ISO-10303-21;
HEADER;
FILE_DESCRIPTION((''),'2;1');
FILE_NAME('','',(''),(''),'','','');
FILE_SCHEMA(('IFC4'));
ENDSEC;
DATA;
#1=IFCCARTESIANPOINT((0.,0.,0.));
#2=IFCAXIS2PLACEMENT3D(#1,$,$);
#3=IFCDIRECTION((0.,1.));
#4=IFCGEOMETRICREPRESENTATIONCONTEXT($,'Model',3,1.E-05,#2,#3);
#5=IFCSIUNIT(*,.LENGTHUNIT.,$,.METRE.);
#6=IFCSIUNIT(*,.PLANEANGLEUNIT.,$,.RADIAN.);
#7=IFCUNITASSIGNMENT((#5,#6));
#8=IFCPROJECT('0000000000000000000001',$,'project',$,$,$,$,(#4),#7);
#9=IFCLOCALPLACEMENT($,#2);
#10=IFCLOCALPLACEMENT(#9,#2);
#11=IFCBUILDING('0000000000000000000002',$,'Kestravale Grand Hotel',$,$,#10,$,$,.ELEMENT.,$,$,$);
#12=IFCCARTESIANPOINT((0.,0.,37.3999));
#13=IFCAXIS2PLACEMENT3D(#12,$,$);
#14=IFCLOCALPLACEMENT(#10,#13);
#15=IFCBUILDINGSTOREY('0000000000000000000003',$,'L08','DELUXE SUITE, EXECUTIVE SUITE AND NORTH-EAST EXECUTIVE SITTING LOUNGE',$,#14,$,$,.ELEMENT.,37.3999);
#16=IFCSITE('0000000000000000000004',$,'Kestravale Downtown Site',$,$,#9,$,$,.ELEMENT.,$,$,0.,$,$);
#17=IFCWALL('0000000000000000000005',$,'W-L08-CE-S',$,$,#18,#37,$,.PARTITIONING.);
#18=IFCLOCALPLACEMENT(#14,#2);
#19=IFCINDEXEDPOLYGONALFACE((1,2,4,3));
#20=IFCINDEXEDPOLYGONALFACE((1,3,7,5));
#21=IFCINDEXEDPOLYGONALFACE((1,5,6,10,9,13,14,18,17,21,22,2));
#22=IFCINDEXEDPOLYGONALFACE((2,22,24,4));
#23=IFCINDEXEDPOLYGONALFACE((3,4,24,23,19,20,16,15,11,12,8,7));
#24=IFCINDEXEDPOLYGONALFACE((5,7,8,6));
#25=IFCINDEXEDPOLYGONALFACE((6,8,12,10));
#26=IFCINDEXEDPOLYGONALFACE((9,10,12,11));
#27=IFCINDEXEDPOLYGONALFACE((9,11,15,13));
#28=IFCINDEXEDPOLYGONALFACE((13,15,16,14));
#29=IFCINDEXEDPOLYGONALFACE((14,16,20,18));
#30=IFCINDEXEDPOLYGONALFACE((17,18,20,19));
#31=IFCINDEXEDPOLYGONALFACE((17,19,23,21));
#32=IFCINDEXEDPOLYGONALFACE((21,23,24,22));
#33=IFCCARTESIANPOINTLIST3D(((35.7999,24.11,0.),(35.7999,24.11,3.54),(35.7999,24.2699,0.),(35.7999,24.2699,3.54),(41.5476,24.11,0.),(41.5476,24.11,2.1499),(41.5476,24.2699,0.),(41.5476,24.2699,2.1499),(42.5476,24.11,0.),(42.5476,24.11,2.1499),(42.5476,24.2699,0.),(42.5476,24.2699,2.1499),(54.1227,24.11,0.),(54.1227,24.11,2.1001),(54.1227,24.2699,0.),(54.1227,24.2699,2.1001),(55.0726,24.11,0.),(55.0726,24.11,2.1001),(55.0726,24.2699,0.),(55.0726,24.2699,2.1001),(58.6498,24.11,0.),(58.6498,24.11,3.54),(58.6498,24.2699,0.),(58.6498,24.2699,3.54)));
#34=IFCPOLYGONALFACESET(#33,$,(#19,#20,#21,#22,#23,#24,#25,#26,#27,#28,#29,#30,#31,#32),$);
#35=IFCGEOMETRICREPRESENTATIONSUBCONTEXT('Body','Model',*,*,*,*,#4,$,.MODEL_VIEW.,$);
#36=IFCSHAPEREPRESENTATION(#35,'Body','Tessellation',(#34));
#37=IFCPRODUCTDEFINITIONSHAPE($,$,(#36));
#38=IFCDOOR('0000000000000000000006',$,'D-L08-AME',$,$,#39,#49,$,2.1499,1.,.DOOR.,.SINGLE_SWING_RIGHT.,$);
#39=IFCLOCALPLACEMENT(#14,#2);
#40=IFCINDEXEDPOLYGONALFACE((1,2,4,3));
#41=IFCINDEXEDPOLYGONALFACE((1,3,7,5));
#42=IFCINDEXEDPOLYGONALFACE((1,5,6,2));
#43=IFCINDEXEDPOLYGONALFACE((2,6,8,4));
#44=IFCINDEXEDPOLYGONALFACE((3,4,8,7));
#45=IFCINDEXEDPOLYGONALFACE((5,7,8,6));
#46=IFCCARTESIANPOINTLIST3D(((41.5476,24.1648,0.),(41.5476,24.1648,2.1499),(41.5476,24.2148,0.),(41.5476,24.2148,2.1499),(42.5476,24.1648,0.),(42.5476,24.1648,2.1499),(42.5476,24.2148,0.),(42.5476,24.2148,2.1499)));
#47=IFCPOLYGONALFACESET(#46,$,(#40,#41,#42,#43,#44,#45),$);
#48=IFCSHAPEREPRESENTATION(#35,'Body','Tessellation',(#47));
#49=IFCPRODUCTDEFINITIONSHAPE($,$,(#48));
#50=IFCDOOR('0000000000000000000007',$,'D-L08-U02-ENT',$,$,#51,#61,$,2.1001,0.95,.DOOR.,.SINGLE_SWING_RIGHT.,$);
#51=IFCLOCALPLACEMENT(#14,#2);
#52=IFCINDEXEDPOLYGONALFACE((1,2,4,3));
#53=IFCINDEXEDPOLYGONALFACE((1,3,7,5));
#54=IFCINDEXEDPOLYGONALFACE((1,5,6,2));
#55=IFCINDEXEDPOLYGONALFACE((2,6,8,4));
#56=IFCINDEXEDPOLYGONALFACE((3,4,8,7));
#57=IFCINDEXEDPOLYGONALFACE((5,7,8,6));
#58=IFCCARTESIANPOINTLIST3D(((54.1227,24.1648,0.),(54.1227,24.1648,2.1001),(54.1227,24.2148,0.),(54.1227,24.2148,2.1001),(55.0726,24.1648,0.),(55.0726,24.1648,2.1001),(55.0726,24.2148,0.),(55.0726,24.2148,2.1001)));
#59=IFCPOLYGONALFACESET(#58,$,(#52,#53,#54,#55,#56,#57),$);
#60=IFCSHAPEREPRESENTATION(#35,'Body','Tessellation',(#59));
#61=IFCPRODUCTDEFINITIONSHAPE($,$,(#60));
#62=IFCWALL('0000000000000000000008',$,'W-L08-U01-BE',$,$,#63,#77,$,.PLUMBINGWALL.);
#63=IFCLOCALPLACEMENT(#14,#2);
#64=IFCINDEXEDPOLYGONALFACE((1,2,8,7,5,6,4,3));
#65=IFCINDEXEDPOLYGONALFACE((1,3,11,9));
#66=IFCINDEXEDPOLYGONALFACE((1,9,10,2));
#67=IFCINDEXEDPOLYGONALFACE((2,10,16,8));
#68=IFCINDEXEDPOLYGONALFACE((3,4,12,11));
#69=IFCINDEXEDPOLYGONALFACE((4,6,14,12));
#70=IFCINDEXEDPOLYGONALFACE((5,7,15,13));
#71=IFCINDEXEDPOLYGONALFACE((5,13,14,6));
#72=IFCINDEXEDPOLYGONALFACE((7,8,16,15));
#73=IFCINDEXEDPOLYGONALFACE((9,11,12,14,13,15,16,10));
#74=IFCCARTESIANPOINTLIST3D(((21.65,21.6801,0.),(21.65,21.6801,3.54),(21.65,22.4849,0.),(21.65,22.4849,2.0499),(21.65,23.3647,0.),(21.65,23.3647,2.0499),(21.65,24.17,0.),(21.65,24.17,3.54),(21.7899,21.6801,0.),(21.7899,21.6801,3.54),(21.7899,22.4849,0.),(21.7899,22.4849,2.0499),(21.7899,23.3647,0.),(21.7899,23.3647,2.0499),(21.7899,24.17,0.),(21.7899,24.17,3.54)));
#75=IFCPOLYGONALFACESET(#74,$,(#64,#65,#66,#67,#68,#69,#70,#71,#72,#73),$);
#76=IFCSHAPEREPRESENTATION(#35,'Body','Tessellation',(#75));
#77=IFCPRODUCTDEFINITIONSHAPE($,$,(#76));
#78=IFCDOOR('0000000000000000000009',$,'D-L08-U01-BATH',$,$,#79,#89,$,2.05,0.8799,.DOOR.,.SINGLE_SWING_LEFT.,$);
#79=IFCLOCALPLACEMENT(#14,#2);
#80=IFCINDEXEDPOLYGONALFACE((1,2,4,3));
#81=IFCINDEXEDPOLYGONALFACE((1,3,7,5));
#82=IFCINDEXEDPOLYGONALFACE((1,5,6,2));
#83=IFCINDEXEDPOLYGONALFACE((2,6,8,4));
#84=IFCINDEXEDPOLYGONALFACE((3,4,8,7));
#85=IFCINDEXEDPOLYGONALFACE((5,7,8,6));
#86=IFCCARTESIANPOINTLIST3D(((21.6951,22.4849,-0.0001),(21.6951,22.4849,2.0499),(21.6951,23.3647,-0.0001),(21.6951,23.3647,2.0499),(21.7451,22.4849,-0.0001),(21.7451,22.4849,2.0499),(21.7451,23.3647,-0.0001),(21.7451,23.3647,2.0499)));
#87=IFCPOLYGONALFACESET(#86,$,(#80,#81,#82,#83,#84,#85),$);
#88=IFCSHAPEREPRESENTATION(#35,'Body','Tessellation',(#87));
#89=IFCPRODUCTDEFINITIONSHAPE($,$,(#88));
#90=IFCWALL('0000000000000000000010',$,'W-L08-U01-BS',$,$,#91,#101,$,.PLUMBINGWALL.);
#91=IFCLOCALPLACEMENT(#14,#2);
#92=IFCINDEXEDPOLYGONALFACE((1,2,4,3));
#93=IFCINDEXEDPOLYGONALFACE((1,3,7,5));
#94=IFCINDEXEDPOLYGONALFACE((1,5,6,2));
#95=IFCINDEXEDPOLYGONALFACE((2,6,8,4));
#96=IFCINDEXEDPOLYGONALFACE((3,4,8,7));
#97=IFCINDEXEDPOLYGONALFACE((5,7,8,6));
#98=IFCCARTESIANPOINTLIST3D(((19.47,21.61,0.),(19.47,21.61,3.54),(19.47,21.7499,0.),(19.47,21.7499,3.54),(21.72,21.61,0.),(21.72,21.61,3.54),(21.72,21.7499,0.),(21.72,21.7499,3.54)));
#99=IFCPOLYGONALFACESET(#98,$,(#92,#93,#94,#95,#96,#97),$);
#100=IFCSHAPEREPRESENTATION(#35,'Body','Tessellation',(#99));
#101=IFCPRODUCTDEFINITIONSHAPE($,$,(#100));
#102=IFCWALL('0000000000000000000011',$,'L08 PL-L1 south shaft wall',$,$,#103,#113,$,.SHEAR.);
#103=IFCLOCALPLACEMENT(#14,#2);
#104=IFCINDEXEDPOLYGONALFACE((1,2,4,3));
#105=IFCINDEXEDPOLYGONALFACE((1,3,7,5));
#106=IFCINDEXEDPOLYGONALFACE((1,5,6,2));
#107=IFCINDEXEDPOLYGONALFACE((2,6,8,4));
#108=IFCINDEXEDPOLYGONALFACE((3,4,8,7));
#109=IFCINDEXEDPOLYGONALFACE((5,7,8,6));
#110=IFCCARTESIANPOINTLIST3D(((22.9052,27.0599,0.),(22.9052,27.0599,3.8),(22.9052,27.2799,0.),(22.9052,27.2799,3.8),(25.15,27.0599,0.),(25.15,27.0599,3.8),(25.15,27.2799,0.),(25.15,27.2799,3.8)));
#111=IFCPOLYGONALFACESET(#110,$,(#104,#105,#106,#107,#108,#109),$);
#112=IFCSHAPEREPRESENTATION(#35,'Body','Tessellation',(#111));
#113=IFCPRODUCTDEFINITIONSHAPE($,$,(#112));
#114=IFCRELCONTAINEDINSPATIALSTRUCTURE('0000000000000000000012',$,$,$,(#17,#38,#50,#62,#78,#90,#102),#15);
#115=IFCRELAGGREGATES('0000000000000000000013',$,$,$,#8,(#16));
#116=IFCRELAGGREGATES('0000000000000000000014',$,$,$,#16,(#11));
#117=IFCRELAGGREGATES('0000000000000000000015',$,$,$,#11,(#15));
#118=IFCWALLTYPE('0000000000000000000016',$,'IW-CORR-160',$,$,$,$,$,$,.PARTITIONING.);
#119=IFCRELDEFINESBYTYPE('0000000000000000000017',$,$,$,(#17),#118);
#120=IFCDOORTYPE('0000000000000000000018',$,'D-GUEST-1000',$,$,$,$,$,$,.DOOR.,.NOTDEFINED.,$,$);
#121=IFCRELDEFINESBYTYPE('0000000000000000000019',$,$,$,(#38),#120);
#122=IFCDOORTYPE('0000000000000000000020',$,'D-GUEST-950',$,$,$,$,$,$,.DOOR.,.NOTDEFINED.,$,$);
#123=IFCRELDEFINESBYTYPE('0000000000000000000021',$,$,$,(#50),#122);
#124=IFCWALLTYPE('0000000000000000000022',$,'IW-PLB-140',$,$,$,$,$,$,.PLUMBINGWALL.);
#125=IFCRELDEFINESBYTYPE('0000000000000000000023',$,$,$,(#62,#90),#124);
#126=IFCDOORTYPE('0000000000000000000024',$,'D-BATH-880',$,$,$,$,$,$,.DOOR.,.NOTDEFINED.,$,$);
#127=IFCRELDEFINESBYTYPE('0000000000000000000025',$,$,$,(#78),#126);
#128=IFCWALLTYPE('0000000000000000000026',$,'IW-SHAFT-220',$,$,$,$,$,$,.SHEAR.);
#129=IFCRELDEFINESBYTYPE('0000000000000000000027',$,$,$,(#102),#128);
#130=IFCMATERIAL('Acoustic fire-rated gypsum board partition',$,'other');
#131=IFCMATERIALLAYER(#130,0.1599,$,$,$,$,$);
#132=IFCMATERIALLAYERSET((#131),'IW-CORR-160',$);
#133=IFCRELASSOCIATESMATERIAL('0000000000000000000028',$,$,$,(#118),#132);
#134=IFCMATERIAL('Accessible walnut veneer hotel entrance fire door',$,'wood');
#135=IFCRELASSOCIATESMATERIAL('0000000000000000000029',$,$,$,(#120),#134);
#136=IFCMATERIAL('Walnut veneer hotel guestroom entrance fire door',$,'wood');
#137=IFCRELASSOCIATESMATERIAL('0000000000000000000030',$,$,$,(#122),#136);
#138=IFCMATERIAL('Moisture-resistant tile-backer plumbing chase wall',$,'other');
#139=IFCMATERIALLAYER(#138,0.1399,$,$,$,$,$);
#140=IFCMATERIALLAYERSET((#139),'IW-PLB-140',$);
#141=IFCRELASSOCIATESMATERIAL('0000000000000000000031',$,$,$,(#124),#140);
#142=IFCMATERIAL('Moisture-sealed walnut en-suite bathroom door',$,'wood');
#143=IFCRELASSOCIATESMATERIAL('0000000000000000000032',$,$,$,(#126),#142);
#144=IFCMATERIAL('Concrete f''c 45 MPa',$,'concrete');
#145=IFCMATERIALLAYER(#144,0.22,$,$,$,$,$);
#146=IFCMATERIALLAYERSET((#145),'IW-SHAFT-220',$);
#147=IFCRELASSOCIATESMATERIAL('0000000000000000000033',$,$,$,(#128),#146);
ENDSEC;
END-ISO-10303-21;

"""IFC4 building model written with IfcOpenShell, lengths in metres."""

from ifc_helpers import new_model, si_unit, direction, frame, frame_2d, origin, place, context, subcontext, project, spatial, rectangle, extrude, material, layer, layer_set, type_object, element, fill, save


model = new_model("IFC4")

# Units and contexts
model_context = context("Model", 3, precision=1e-05, world=origin(), true_north=direction((0.0, 1.0)))
body_context = subcontext(model_context, "Body", "Model", "MODEL_VIEW")
ifc_project = project(units=[si_unit("LENGTHUNIT", "METRE"), si_unit("PLANEANGLEUNIT", "RADIAN")], contexts=[model_context])

# Site, building, storey
site_placement = place(None, origin())
site = spatial("IfcSite", under=ifc_project, at=site_placement, Name="Kestravale Downtown Site", CompositionType="ELEMENT", RefElevation=0.0)
building_placement = place(site_placement, origin())
building = spatial("IfcBuilding", under=site, at=building_placement, Name="Kestravale Grand Hotel", CompositionType="ELEMENT")
storey_placement = place(building_placement, frame((0.0, 0.0, 37.3999)))
storey = spatial("IfcBuildingStorey", under=building, at=storey_placement, Name="L08", Description="DELUXE SUITE, EXECUTIVE SUITE AND NORTH-EAST EXECUTIVE SITTING LOUNGE", CompositionType="ELEMENT", Elevation=37.3999)

# Shared definitions
ifc_material_1 = material(Name="Acoustic fire-rated gypsum board partition", Category="other")
ifc_layer_1 = layer(ifc_material_1, 0.1599)
ifc_layer_set_1 = layer_set([ifc_layer_1], Name="IW-CORR-160")
wall_type_1 = type_object("IfcWallType", Name="IW-CORR-160", PredefinedType="PARTITIONING", material=ifc_layer_set_1)

# Wall, openings, doors
wall_1_placement = place(storey_placement, frame((35.8, 24.1899, 0.0), z_axis=(0.0, 0.0, 1.0), x_axis=(1.0, 0.0, 0.0)))
wall_1 = element("IfcWall", 1, at=wall_1_placement, inside=storey, type_object=wall_type_1, Name="W-L08-CE-S", PredefinedType="PARTITIONING", context=body_context, shape_type="SweptSolid", body=[
    extrude(rectangle(XDim=22.8499, YDim=0.1599, at=frame_2d((11.4248, 0.0))), origin(), (0.0, 0.0, 1.0), 3.54),
])
opening_1_placement = place(wall_1_placement, frame((5.7476, 0.0, 0.0)))
opening_1 = element("IfcOpeningElement", 2, at=opening_1_placement, cuts=wall_1, PredefinedType="OPENING", context=body_context, shape_type="SweptSolid", body=[
    extrude(rectangle(XDim=1.0, YDim=2.1499, at=frame_2d((0.5, 1.075))), frame((0.0, 0.0898, 0.0), z_axis=(0.0, -1.0, 0.0), x_axis=(1.0, 0.0, 0.0)), (0.0, 0.0, 1.0), 0.1799),
])
opening_2_placement = place(wall_1_placement, frame((18.3225, 0.0, 0.0)))
opening_2 = element("IfcOpeningElement", 3, at=opening_2_placement, cuts=wall_1, PredefinedType="OPENING", context=body_context, shape_type="SweptSolid", body=[
    extrude(rectangle(XDim=0.95, YDim=2.1001, at=frame_2d((0.4751, 1.05))), frame((0.0, 0.0898, 0.0), z_axis=(0.0, -1.0, 0.0), x_axis=(1.0, 0.0, 0.0)), (0.0, 0.0, 1.0), 0.1799),
])
ifc_material_2 = material(Name="Accessible walnut veneer hotel entrance fire door", Category="wood")
door_type_1 = type_object("IfcDoorType", Name="D-GUEST-1000", OperationType="NOTDEFINED", PredefinedType="DOOR", material=ifc_material_2)
door_1_placement = place(opening_1_placement, origin())
door_1 = element("IfcDoor", 4, at=door_1_placement, inside=storey, type_object=door_type_1, Name="D-L08-AME", OperationType="SINGLE_SWING_RIGHT", OverallHeight=2.1499, OverallWidth=1.0, PredefinedType="DOOR", context=body_context, shape_type="SweptSolid", body=[
    extrude(rectangle(XDim=1.0, YDim=2.1499, at=frame_2d((0.5, 1.075))), frame((0.0, 0.0249, 0.0), z_axis=(0.0, -1.0, 0.0), x_axis=(1.0, 0.0, 0.0)), (0.0, 0.0, 1.0), 0.05),
])
fill(opening_1, door_1)
ifc_material_3 = material(Name="Walnut veneer hotel guestroom entrance fire door", Category="wood")
door_type_2 = type_object("IfcDoorType", Name="D-GUEST-950", OperationType="NOTDEFINED", PredefinedType="DOOR", material=ifc_material_3)
door_2_placement = place(opening_2_placement, origin())
door_2 = element("IfcDoor", 5, at=door_2_placement, inside=storey, type_object=door_type_2, Name="D-L08-U02-ENT", OperationType="SINGLE_SWING_RIGHT", OverallHeight=2.1001, OverallWidth=0.95, PredefinedType="DOOR", context=body_context, shape_type="SweptSolid", body=[
    extrude(rectangle(XDim=0.95, YDim=2.1001, at=frame_2d((0.4751, 1.05))), frame((0.0, 0.0249, 0.0), z_axis=(0.0, -1.0, 0.0), x_axis=(1.0, 0.0, 0.0)), (0.0, 0.0, 1.0), 0.05),
])
fill(opening_2, door_2)

# Wall, opening, door
ifc_material_4 = material(Name="Moisture-resistant tile-backer plumbing chase wall", Category="other")
ifc_layer_2 = layer(ifc_material_4, 0.1399)
ifc_layer_set_2 = layer_set([ifc_layer_2], Name="IW-PLB-140")
wall_type_2 = type_object("IfcWallType", Name="IW-PLB-140", PredefinedType="PLUMBINGWALL", material=ifc_layer_set_2)
wall_2_placement = place(storey_placement, frame((21.72, 21.6799, 0.0), z_axis=(0.0, 0.0, 1.0), x_axis=(0.0, 1.0, 0.0)))
wall_2 = element("IfcWall", 6, at=wall_2_placement, inside=storey, type_object=wall_type_2, Name="W-L08-U01-BE", PredefinedType="PLUMBINGWALL", context=body_context, shape_type="SweptSolid", body=[
    extrude(rectangle(XDim=2.49, YDim=0.1399, at=frame_2d((1.2451, 0.0))), origin(), (0.0, 0.0, 1.0), 3.54),
])
opening_3_placement = place(wall_2_placement, frame((0.8049, 0.0, 0.0)))
opening_3 = element("IfcOpeningElement", 7, at=opening_3_placement, cuts=wall_2, PredefinedType="OPENING", context=body_context, shape_type="SweptSolid", body=[
    extrude(rectangle(XDim=0.8799, YDim=2.05, at=frame_2d((0.4399, 1.0249))), frame((0.0, 0.0798, 0.0), z_axis=(0.0, -1.0, 0.0), x_axis=(1.0, 0.0, 0.0)), (0.0, 0.0, 1.0), 0.1599),
])
ifc_material_5 = material(Name="Moisture-sealed walnut en-suite bathroom door", Category="wood")
door_type_3 = type_object("IfcDoorType", Name="D-BATH-880", OperationType="NOTDEFINED", PredefinedType="DOOR", material=ifc_material_5)
door_3_placement = place(opening_3_placement, origin())
door_3 = element("IfcDoor", 8, at=door_3_placement, inside=storey, type_object=door_type_3, Name="D-L08-U01-BATH", OperationType="SINGLE_SWING_LEFT", OverallHeight=2.05, OverallWidth=0.8799, PredefinedType="DOOR", context=body_context, shape_type="SweptSolid", body=[
    extrude(rectangle(XDim=0.8799, YDim=2.05, at=frame_2d((0.4399, 1.0249))), frame((0.0, 0.0249, 0.0), z_axis=(0.0, -1.0, 0.0), x_axis=(1.0, 0.0, 0.0)), (0.0, 0.0, 1.0), 0.05),
])
fill(opening_3, door_3)

# Walls
wall_3_placement = place(storey_placement, frame((19.47, 21.6799, 0.0), z_axis=(0.0, 0.0, 1.0), x_axis=(1.0, 0.0, 0.0)))
element("IfcWall", 9, at=wall_3_placement, inside=storey, type_object=wall_type_2, Name="W-L08-U01-BS", PredefinedType="PLUMBINGWALL", context=body_context, shape_type="SweptSolid", body=[
    extrude(rectangle(XDim=2.25, YDim=0.1399, at=frame_2d((1.125, 0.0))), origin(), (0.0, 0.0, 1.0), 3.54),
])
ifc_material_6 = material(Name="Concrete f'c 45 MPa", Category="concrete")
ifc_layer_3 = layer(ifc_material_6, 0.22)
ifc_layer_set_3 = layer_set([ifc_layer_3], Name="IW-SHAFT-220")
wall_type_3 = type_object("IfcWallType", Name="IW-SHAFT-220", PredefinedType="SHEAR", material=ifc_layer_set_3)
wall_4_placement = place(storey_placement, frame((22.905, 27.1699, 0.0), z_axis=(0.0, 0.0, 1.0), x_axis=(1.0, 0.0, 0.0)))
element("IfcWall", 10, at=wall_4_placement, inside=storey, type_object=wall_type_3, Name="L08 PL-L1 south shaft wall", PredefinedType="SHEAR", context=body_context, shape_type="SweptSolid", body=[
    extrude(rectangle(XDim=2.2449, YDim=0.22, at=frame_2d((1.1226, 0.0))), origin(), (0.0, 0.0, 1.0), 3.8),
])

save(model, "model.ifc")
